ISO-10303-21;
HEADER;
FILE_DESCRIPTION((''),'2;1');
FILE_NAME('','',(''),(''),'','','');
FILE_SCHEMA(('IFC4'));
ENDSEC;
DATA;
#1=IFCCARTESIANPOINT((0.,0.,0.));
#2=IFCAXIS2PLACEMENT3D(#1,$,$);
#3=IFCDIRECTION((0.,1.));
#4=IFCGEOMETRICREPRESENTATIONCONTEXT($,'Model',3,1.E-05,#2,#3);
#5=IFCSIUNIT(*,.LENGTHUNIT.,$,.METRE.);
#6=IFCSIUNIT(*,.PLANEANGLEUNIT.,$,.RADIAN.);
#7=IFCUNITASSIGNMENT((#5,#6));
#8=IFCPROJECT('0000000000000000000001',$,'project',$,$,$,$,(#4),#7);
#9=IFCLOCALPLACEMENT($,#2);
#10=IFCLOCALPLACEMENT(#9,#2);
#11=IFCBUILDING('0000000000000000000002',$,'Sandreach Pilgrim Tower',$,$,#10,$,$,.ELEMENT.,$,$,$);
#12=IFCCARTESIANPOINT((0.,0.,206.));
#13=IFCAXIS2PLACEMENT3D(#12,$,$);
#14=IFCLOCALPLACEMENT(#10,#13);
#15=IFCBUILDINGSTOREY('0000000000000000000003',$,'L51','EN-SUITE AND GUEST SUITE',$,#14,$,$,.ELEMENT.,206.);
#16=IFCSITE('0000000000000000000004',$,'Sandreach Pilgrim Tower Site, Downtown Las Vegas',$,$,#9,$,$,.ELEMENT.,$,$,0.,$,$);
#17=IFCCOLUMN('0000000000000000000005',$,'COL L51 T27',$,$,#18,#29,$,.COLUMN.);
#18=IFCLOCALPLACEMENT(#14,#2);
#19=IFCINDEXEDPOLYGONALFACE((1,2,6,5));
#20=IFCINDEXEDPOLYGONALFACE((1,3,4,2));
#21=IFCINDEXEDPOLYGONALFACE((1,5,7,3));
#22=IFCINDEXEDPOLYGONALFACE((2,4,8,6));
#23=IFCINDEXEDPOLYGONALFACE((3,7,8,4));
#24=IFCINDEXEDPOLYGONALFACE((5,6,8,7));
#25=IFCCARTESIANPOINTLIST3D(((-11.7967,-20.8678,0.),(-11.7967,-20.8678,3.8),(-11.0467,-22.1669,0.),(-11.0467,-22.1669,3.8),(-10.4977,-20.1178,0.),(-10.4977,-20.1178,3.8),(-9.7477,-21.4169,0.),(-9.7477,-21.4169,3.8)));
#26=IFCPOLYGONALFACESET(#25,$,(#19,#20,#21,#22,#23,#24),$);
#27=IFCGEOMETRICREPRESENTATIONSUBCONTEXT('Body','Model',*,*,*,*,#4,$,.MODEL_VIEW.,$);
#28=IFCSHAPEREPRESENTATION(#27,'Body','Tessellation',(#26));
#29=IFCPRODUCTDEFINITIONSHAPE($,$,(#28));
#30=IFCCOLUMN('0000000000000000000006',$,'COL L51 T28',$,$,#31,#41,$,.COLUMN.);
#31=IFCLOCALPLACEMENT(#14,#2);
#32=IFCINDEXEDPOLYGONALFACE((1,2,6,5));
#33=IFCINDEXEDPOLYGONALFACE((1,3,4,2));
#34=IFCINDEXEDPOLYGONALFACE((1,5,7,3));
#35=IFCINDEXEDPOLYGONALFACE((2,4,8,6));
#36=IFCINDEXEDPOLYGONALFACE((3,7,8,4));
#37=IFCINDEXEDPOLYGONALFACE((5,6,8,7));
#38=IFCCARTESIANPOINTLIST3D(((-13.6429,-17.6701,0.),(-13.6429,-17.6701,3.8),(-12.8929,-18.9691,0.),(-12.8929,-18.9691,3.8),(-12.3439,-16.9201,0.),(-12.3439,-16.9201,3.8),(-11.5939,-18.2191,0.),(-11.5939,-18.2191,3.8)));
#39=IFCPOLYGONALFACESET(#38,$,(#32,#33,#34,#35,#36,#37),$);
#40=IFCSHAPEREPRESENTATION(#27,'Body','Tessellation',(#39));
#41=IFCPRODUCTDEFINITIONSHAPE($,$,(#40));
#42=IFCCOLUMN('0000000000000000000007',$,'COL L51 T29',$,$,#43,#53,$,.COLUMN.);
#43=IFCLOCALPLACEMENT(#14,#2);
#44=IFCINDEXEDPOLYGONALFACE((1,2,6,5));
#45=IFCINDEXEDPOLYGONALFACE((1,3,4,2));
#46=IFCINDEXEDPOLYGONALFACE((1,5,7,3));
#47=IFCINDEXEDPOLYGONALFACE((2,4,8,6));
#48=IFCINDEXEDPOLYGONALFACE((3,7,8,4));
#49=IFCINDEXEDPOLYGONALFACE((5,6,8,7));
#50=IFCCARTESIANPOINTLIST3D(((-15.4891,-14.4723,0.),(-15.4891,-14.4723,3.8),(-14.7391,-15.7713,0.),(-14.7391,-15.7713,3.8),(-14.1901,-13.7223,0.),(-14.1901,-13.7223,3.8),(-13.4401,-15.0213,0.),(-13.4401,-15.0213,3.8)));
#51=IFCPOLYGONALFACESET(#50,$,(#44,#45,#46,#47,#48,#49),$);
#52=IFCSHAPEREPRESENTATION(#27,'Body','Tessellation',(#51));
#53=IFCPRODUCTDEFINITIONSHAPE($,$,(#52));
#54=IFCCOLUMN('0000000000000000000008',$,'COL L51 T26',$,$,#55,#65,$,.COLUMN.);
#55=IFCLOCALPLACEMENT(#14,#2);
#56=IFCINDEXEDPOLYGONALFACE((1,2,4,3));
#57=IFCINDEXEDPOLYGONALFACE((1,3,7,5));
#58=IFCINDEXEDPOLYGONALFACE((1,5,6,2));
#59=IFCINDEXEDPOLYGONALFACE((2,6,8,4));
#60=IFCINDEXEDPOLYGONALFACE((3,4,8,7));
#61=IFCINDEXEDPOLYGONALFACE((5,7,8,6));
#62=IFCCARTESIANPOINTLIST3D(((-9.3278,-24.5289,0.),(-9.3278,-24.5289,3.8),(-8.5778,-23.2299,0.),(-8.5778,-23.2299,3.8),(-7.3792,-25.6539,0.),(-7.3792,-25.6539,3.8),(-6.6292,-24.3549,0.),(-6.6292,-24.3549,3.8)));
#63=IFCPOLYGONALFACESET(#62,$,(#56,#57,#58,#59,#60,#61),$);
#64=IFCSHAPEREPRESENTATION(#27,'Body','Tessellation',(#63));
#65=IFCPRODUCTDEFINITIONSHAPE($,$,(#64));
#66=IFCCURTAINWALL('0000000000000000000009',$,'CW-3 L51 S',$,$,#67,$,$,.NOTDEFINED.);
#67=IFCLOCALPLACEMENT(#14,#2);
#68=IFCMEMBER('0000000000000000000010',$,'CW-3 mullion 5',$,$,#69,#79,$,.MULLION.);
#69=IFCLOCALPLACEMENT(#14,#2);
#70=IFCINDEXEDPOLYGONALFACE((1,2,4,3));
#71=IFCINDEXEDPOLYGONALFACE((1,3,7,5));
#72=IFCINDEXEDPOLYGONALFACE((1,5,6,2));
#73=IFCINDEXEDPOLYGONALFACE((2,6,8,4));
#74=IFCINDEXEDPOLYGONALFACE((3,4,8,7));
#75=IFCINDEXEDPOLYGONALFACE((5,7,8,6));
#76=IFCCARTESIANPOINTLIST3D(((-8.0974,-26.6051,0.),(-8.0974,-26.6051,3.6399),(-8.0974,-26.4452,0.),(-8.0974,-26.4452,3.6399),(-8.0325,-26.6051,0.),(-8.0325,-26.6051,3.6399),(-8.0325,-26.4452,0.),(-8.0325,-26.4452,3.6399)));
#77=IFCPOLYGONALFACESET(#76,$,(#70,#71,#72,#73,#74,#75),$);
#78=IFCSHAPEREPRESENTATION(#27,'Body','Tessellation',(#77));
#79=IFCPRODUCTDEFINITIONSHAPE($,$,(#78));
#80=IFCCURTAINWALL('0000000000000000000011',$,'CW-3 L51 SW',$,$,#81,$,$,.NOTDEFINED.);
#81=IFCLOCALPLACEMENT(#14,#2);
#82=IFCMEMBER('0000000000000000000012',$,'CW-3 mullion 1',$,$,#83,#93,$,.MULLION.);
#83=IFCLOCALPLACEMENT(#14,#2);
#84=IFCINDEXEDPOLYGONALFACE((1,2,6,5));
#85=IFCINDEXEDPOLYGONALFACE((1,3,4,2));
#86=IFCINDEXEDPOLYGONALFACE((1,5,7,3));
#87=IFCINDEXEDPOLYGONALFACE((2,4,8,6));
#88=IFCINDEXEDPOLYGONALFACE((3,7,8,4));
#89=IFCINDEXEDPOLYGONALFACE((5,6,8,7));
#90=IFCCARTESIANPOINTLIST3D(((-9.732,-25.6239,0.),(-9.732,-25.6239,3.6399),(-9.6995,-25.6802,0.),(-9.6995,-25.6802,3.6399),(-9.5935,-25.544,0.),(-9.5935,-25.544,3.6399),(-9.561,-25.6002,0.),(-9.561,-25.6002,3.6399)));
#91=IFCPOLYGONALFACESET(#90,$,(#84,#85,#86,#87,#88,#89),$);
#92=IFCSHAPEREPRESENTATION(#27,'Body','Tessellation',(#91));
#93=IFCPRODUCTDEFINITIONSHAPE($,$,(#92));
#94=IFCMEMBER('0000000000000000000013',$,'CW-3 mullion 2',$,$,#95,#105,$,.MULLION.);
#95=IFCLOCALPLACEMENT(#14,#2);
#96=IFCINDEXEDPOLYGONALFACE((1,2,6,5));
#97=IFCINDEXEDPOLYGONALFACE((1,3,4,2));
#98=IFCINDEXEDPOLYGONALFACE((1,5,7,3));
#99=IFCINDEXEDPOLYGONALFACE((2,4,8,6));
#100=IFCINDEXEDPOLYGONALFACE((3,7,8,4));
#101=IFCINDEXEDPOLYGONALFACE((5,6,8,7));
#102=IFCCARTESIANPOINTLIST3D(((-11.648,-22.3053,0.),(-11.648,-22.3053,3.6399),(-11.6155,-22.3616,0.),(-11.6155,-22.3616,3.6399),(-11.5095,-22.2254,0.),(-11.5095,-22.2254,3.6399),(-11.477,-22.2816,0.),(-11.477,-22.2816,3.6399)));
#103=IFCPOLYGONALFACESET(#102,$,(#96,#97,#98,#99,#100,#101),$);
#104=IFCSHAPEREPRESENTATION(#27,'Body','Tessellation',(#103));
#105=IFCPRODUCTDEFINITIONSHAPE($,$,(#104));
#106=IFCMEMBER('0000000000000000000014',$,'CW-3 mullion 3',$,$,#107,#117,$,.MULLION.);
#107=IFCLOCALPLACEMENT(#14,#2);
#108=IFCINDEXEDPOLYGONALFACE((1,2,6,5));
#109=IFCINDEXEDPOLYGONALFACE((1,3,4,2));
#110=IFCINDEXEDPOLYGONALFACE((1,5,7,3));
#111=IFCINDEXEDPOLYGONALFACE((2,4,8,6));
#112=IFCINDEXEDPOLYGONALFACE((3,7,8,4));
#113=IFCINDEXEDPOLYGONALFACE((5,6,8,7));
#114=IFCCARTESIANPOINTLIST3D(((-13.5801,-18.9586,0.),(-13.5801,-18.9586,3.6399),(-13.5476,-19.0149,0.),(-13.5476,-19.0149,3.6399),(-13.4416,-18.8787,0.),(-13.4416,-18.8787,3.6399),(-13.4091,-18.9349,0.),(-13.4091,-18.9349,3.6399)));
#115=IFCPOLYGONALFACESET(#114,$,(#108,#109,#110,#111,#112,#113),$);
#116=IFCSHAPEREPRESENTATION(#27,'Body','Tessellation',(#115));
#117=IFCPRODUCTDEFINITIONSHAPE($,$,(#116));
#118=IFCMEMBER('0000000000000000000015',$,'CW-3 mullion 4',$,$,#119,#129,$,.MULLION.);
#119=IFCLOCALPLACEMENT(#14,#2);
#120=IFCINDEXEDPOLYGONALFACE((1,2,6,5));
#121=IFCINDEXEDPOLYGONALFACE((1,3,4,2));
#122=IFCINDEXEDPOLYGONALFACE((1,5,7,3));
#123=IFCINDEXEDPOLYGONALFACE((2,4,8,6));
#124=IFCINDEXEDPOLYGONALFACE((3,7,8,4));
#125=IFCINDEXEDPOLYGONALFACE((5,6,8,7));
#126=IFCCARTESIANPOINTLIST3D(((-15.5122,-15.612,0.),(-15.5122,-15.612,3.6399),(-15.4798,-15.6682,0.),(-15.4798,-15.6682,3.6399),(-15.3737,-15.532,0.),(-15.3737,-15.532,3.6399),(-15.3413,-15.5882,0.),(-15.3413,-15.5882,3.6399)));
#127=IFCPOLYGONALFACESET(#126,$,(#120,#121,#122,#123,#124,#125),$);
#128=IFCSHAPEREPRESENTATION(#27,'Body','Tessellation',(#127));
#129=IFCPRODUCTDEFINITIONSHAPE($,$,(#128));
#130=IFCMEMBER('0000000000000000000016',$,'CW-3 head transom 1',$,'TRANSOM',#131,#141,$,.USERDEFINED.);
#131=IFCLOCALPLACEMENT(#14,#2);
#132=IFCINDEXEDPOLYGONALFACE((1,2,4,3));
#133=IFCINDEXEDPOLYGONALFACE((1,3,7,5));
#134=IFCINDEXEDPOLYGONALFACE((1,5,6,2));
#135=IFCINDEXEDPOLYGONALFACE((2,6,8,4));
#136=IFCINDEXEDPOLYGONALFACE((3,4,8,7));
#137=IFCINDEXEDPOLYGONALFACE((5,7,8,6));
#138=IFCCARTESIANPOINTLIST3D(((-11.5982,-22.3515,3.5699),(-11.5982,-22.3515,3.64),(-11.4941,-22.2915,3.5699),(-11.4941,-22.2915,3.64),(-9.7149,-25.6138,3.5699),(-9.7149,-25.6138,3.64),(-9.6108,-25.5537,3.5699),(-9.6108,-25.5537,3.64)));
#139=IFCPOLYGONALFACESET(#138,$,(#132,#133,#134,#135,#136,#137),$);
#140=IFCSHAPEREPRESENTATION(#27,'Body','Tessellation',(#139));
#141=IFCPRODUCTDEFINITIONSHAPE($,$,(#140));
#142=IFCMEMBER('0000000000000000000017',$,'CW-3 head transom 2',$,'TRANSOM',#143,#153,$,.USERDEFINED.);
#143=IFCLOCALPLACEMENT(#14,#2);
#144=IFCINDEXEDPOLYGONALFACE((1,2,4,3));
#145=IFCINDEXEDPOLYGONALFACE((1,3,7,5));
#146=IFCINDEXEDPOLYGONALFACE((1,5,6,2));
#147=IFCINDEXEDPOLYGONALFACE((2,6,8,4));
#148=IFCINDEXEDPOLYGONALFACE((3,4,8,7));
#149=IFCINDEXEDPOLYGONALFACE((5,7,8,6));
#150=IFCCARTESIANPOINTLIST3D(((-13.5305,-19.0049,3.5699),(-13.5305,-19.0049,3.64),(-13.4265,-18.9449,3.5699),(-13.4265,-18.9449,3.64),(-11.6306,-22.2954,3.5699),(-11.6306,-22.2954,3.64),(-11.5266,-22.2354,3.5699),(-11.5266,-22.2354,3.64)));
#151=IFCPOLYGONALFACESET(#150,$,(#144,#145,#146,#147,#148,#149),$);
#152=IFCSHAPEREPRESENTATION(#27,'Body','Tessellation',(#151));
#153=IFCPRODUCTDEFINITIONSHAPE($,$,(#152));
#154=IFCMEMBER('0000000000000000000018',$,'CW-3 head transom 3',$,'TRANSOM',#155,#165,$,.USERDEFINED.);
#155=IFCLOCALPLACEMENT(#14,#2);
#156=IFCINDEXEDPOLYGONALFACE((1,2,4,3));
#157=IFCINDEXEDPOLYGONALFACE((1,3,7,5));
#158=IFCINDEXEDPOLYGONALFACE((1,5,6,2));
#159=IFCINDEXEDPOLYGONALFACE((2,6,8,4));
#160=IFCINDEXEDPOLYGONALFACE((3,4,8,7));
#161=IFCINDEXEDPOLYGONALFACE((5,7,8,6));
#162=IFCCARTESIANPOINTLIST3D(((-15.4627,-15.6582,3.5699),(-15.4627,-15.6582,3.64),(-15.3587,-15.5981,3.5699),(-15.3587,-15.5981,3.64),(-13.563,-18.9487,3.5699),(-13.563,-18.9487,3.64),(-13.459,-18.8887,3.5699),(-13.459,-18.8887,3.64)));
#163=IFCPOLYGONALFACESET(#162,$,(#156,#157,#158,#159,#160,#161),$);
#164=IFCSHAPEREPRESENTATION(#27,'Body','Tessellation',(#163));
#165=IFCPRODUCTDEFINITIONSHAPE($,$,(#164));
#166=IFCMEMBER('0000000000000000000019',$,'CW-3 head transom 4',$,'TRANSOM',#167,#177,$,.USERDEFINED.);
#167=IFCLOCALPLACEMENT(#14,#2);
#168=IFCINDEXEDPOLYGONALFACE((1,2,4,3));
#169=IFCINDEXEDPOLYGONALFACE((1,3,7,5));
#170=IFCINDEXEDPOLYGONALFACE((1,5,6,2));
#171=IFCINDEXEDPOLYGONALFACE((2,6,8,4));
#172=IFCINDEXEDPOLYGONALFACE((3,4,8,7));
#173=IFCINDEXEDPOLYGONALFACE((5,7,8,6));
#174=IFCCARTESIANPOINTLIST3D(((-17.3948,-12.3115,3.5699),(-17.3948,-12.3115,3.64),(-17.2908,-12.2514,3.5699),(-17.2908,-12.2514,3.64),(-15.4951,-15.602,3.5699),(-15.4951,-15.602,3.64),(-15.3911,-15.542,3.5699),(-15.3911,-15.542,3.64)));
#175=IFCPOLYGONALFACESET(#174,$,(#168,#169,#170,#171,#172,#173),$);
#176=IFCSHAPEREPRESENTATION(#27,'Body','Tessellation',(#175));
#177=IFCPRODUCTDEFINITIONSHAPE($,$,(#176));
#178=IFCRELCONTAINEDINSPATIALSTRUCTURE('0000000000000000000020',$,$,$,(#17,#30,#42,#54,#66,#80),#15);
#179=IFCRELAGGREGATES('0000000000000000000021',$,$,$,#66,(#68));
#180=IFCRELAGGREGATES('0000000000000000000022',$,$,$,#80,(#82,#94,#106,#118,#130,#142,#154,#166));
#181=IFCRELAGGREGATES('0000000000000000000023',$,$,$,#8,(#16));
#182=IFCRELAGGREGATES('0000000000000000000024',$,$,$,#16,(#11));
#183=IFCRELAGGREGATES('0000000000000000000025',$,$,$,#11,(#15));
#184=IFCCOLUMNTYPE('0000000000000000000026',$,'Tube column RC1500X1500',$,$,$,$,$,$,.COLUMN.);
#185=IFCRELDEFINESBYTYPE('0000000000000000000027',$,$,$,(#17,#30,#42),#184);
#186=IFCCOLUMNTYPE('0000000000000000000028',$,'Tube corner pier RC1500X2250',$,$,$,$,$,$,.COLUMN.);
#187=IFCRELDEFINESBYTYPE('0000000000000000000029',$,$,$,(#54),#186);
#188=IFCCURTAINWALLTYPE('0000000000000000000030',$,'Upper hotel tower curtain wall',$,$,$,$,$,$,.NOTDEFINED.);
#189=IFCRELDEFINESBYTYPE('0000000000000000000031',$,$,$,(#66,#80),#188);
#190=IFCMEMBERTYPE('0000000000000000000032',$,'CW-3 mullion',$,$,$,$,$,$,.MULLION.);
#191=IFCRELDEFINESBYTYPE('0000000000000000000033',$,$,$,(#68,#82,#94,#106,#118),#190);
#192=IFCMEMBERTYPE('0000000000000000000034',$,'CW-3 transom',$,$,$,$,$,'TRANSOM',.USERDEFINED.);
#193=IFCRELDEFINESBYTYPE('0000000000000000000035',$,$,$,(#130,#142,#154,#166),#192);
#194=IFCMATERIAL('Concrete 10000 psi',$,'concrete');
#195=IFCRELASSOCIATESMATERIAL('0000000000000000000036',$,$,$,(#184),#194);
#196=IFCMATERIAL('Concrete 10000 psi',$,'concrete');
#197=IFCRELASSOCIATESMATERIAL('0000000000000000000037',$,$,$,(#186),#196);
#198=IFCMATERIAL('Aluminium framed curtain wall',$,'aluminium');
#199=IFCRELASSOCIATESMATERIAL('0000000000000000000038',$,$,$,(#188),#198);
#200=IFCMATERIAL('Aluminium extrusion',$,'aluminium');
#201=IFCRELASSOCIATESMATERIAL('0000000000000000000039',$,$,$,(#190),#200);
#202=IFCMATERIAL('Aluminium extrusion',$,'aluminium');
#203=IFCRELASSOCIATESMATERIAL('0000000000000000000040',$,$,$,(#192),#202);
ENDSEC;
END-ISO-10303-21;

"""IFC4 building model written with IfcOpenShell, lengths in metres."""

from ifc_helpers import new_model, si_unit, direction, frame, origin, origin_2d, place, context, subcontext, project, spatial, rectangle, extrude, material, material_profile, profile_set, type_object, element, aggregate, save


model = new_model("IFC4")

# Units and contexts
model_context = context("Model", 3, precision=1e-05, world=origin(), true_north=direction((0.0, 1.0)))
body_context = subcontext(model_context, "Body", "Model", "MODEL_VIEW")
ifc_project = project(units=[si_unit("LENGTHUNIT", "METRE"), si_unit("PLANEANGLEUNIT", "RADIAN")], contexts=[model_context])

# Site, building, storey
site_placement = place(None, origin())
site = spatial("IfcSite", under=ifc_project, at=site_placement, Name="Sandreach Pilgrim Tower Site, Downtown Las Vegas", CompositionType="ELEMENT", RefElevation=0.0)
building_placement = place(site_placement, origin())
building = spatial("IfcBuilding", under=site, at=building_placement, Name="Sandreach Pilgrim Tower", CompositionType="ELEMENT")
storey_placement = place(building_placement, frame((0.0, 0.0, 206.0)))
storey = spatial("IfcBuildingStorey", under=building, at=storey_placement, Name="L51", Description="EN-SUITE AND GUEST SUITE", CompositionType="ELEMENT", Elevation=206.0)

# Columns
ifc_material_1 = material(Name="Concrete 10000 psi", Category="concrete")
ifc_material_profile_1 = material_profile(ifc_material_1, rectangle(XDim=1.5, YDim=1.5, at=origin_2d()), Name="RC1500X1500")
ifc_profile_set_1 = profile_set([ifc_material_profile_1], Name="Concrete 10000 psi")
column_type_1 = type_object("IfcColumnType", Name="Tube column RC1500X1500", PredefinedType="COLUMN", material=ifc_profile_set_1)
for number, where, z_axis, x_axis, name in (
    (1, (-10.7722, -21.1423, 0.0), (0.0, 0.0, 1.0), (-0.866025, -0.5, 0.0), "COL L51 T27"),
    (2, (-12.6184, -17.9446, 0.0), (0.0, 0.0, 1.0), (-0.866025, -0.5, 0.0), "COL L51 T28"),
    (3, (-14.4646, -14.7468, 0.0), (0.0, 0.0, 1.0), (-0.866025, -0.5, 0.0), "COL L51 T29"),
):
    element("IfcColumn", number, at=place(storey_placement, frame(where, z_axis=z_axis, x_axis=x_axis)), inside=storey, type_object=column_type_1, Name=name, PredefinedType="COLUMN", context=body_context, shape_type="SweptSolid", body=[
        extrude(rectangle(XDim=1.5, YDim=1.5, at=origin_2d()), origin(), (0.0, 0.0, 1.0), 3.8),
    ])
ifc_material_2 = material(Name="Concrete 10000 psi", Category="concrete")
ifc_material_profile_2 = material_profile(ifc_material_2, rectangle(XDim=1.5, YDim=2.25, at=origin_2d()), Name="RC1500X2250")
ifc_profile_set_2 = profile_set([ifc_material_profile_2], Name="Concrete 10000 psi")
column_type_2 = type_object("IfcColumnType", Name="Tube corner pier RC1500X2250", PredefinedType="COLUMN", material=ifc_profile_set_2)
column_placement = place(storey_placement, frame((-7.9785, -24.4419, 0.0), z_axis=(0.0, 0.0, 1.0), x_axis=(-0.5, -0.866025, 0.0)))
element("IfcColumn", 4, at=column_placement, inside=storey, type_object=column_type_2, Name="COL L51 T26", PredefinedType="COLUMN", context=body_context, shape_type="SweptSolid", body=[
    extrude(rectangle(XDim=1.5, YDim=2.25, at=origin_2d()), origin(), (0.0, 0.0, 1.0), 3.8),
])

# Curtain wall, member
ifc_material_3 = material(Name="Aluminium framed curtain wall", Category="aluminium")
curtain_wall_type = type_object("IfcCurtainWallType", Name="Upper hotel tower curtain wall", PredefinedType="NOTDEFINED", material=ifc_material_3)
curtain_wall_1_placement = place(storey_placement, origin())
curtain_wall_1 = element("IfcCurtainWall", 5, at=curtain_wall_1_placement, inside=storey, type_object=curtain_wall_type, Name="CW-3 L51 S", PredefinedType="NOTDEFINED")
ifc_material_4 = material(Name="Aluminium extrusion", Category="aluminium")
ifc_material_profile_3 = material_profile(ifc_material_4, rectangle(XDim=0.0649, YDim=0.1599, at=origin_2d()), Name="CW-3M 65X160")
ifc_profile_set_3 = profile_set([ifc_material_profile_3], Name="Aluminium extrusion")
member_type_1 = type_object("IfcMemberType", Name="CW-3 mullion", PredefinedType="MULLION", material=ifc_profile_set_3)
member_1_placement = place(storey_placement, frame((-8.0649, -26.5251, 0.0), z_axis=(0.0, 0.0, 1.0), x_axis=(-1.0, 0.0, 0.0)))
member_1 = element("IfcMember", 6, at=member_1_placement, type_object=member_type_1, Name="CW-3 mullion 5", PredefinedType="MULLION", context=body_context, shape_type="SweptSolid", body=[
    extrude(rectangle(XDim=0.0649, YDim=0.1599, at=origin_2d()), origin(), (0.0, 0.0, 1.0), 3.6399),
])
aggregate(curtain_wall_1, [member_1])

# Curtain wall, members
curtain_wall_2_placement = place(storey_placement, origin())
curtain_wall_2 = element("IfcCurtainWall", 7, at=curtain_wall_2_placement, inside=storey, type_object=curtain_wall_type, Name="CW-3 L51 SW", PredefinedType="NOTDEFINED")
member_2_placement = place(storey_placement, frame((-9.6465, -25.6121, 0.0), z_axis=(0.0, 0.0, 1.0), x_axis=(-0.5, 0.866025, 0.0)))
member_2 = element("IfcMember", 8, at=member_2_placement, type_object=member_type_1, Name="CW-3 mullion 1", PredefinedType="MULLION", context=body_context, shape_type="SweptSolid", body=[
    extrude(rectangle(XDim=0.0649, YDim=0.1599, at=origin_2d()), origin(), (0.0, 0.0, 1.0), 3.6399),
])
member_3_placement = place(storey_placement, frame((-11.5625, -22.2935, 0.0), z_axis=(0.0, 0.0, 1.0), x_axis=(-0.5, 0.866025, 0.0)))
member_3 = element("IfcMember", 9, at=member_3_placement, type_object=member_type_1, Name="CW-3 mullion 2", PredefinedType="MULLION", context=body_context, shape_type="SweptSolid", body=[
    extrude(rectangle(XDim=0.0649, YDim=0.1599, at=origin_2d()), origin(), (0.0, 0.0, 1.0), 3.6399),
])
member_4_placement = place(storey_placement, frame((-13.4946, -18.9468, 0.0), z_axis=(0.0, 0.0, 1.0), x_axis=(-0.5, 0.866025, 0.0)))
member_4 = element("IfcMember", 10, at=member_4_placement, type_object=member_type_1, Name="CW-3 mullion 3", PredefinedType="MULLION", context=body_context, shape_type="SweptSolid", body=[
    extrude(rectangle(XDim=0.0649, YDim=0.1599, at=origin_2d()), origin(), (0.0, 0.0, 1.0), 3.6399),
])
member_5_placement = place(storey_placement, frame((-15.4268, -15.6001, 0.0), z_axis=(0.0, 0.0, 1.0), x_axis=(-0.5, 0.866025, 0.0)))
member_5 = element("IfcMember", 11, at=member_5_placement, type_object=member_type_1, Name="CW-3 mullion 4", PredefinedType="MULLION", context=body_context, shape_type="SweptSolid", body=[
    extrude(rectangle(XDim=0.0649, YDim=0.1599, at=origin_2d()), origin(), (0.0, 0.0, 1.0), 3.6399),
])
ifc_material_5 = material(Name="Aluminium extrusion", Category="aluminium")
ifc_material_profile_4 = material_profile(ifc_material_5, rectangle(XDim=0.1201, YDim=0.0701, at=origin_2d()), Name="CW-3T 120X70")
ifc_profile_set_4 = profile_set([ifc_material_profile_4], Name="Aluminium extrusion")
member_type_2 = type_object("IfcMemberType", Name="CW-3 transom", ElementType="TRANSOM", PredefinedType="USERDEFINED", material=ifc_profile_set_4)
member_6_placement = place(storey_placement, frame((-9.6628, -25.5837, 3.605), z_axis=(-0.499973, 0.866041, 0.0), x_axis=(-0.866041, -0.499973, 0.0)))
member_6 = element("IfcMember", 12, at=member_6_placement, type_object=member_type_2, Name="CW-3 head transom 1", ObjectType="TRANSOM", PredefinedType="USERDEFINED", context=body_context, shape_type="SweptSolid", body=[
    extrude(rectangle(XDim=0.1201, YDim=0.0701, at=origin_2d()), origin(), (0.0, 0.0, 1.0), 3.7668),
])
member_7_placement = place(storey_placement, frame((-11.5786, -22.2654, 3.605), z_axis=(-0.500023, 0.866012, 0.0), x_axis=(-0.866012, -0.500023, 0.0)))
member_7 = element("IfcMember", 13, at=member_7_placement, type_object=member_type_2, Name="CW-3 head transom 2", ObjectType="TRANSOM", PredefinedType="USERDEFINED", context=body_context, shape_type="SweptSolid", body=[
    extrude(rectangle(XDim=0.1201, YDim=0.0701, at=origin_2d()), origin(), (0.0, 0.0, 1.0), 3.7996),
])
member_8_placement = place(storey_placement, frame((-13.511, -18.9187, 3.605), z_axis=(-0.499975, 0.86604, 0.0), x_axis=(-0.86604, -0.499975, 0.0)))
member_8 = element("IfcMember", 14, at=member_8_placement, type_object=member_type_2, Name="CW-3 head transom 3", ObjectType="TRANSOM", PredefinedType="USERDEFINED", context=body_context, shape_type="SweptSolid", body=[
    extrude(rectangle(XDim=0.1201, YDim=0.0701, at=origin_2d()), origin(), (0.0, 0.0, 1.0), 3.7996),
])
member_9_placement = place(storey_placement, frame((-15.4431, -15.572, 3.605), z_axis=(-0.499975, 0.86604, 0.0), x_axis=(-0.86604, -0.499975, 0.0)))
member_9 = element("IfcMember", 15, at=member_9_placement, type_object=member_type_2, Name="CW-3 head transom 4", ObjectType="TRANSOM", PredefinedType="USERDEFINED", context=body_context, shape_type="SweptSolid", body=[
    extrude(rectangle(XDim=0.1201, YDim=0.0701, at=origin_2d()), origin(), (0.0, 0.0, 1.0), 3.7996),
])

aggregate(curtain_wall_2, [member_2, member_3, member_4, member_5, member_6, member_7, member_8, member_9])

save(model, "model.ifc")
